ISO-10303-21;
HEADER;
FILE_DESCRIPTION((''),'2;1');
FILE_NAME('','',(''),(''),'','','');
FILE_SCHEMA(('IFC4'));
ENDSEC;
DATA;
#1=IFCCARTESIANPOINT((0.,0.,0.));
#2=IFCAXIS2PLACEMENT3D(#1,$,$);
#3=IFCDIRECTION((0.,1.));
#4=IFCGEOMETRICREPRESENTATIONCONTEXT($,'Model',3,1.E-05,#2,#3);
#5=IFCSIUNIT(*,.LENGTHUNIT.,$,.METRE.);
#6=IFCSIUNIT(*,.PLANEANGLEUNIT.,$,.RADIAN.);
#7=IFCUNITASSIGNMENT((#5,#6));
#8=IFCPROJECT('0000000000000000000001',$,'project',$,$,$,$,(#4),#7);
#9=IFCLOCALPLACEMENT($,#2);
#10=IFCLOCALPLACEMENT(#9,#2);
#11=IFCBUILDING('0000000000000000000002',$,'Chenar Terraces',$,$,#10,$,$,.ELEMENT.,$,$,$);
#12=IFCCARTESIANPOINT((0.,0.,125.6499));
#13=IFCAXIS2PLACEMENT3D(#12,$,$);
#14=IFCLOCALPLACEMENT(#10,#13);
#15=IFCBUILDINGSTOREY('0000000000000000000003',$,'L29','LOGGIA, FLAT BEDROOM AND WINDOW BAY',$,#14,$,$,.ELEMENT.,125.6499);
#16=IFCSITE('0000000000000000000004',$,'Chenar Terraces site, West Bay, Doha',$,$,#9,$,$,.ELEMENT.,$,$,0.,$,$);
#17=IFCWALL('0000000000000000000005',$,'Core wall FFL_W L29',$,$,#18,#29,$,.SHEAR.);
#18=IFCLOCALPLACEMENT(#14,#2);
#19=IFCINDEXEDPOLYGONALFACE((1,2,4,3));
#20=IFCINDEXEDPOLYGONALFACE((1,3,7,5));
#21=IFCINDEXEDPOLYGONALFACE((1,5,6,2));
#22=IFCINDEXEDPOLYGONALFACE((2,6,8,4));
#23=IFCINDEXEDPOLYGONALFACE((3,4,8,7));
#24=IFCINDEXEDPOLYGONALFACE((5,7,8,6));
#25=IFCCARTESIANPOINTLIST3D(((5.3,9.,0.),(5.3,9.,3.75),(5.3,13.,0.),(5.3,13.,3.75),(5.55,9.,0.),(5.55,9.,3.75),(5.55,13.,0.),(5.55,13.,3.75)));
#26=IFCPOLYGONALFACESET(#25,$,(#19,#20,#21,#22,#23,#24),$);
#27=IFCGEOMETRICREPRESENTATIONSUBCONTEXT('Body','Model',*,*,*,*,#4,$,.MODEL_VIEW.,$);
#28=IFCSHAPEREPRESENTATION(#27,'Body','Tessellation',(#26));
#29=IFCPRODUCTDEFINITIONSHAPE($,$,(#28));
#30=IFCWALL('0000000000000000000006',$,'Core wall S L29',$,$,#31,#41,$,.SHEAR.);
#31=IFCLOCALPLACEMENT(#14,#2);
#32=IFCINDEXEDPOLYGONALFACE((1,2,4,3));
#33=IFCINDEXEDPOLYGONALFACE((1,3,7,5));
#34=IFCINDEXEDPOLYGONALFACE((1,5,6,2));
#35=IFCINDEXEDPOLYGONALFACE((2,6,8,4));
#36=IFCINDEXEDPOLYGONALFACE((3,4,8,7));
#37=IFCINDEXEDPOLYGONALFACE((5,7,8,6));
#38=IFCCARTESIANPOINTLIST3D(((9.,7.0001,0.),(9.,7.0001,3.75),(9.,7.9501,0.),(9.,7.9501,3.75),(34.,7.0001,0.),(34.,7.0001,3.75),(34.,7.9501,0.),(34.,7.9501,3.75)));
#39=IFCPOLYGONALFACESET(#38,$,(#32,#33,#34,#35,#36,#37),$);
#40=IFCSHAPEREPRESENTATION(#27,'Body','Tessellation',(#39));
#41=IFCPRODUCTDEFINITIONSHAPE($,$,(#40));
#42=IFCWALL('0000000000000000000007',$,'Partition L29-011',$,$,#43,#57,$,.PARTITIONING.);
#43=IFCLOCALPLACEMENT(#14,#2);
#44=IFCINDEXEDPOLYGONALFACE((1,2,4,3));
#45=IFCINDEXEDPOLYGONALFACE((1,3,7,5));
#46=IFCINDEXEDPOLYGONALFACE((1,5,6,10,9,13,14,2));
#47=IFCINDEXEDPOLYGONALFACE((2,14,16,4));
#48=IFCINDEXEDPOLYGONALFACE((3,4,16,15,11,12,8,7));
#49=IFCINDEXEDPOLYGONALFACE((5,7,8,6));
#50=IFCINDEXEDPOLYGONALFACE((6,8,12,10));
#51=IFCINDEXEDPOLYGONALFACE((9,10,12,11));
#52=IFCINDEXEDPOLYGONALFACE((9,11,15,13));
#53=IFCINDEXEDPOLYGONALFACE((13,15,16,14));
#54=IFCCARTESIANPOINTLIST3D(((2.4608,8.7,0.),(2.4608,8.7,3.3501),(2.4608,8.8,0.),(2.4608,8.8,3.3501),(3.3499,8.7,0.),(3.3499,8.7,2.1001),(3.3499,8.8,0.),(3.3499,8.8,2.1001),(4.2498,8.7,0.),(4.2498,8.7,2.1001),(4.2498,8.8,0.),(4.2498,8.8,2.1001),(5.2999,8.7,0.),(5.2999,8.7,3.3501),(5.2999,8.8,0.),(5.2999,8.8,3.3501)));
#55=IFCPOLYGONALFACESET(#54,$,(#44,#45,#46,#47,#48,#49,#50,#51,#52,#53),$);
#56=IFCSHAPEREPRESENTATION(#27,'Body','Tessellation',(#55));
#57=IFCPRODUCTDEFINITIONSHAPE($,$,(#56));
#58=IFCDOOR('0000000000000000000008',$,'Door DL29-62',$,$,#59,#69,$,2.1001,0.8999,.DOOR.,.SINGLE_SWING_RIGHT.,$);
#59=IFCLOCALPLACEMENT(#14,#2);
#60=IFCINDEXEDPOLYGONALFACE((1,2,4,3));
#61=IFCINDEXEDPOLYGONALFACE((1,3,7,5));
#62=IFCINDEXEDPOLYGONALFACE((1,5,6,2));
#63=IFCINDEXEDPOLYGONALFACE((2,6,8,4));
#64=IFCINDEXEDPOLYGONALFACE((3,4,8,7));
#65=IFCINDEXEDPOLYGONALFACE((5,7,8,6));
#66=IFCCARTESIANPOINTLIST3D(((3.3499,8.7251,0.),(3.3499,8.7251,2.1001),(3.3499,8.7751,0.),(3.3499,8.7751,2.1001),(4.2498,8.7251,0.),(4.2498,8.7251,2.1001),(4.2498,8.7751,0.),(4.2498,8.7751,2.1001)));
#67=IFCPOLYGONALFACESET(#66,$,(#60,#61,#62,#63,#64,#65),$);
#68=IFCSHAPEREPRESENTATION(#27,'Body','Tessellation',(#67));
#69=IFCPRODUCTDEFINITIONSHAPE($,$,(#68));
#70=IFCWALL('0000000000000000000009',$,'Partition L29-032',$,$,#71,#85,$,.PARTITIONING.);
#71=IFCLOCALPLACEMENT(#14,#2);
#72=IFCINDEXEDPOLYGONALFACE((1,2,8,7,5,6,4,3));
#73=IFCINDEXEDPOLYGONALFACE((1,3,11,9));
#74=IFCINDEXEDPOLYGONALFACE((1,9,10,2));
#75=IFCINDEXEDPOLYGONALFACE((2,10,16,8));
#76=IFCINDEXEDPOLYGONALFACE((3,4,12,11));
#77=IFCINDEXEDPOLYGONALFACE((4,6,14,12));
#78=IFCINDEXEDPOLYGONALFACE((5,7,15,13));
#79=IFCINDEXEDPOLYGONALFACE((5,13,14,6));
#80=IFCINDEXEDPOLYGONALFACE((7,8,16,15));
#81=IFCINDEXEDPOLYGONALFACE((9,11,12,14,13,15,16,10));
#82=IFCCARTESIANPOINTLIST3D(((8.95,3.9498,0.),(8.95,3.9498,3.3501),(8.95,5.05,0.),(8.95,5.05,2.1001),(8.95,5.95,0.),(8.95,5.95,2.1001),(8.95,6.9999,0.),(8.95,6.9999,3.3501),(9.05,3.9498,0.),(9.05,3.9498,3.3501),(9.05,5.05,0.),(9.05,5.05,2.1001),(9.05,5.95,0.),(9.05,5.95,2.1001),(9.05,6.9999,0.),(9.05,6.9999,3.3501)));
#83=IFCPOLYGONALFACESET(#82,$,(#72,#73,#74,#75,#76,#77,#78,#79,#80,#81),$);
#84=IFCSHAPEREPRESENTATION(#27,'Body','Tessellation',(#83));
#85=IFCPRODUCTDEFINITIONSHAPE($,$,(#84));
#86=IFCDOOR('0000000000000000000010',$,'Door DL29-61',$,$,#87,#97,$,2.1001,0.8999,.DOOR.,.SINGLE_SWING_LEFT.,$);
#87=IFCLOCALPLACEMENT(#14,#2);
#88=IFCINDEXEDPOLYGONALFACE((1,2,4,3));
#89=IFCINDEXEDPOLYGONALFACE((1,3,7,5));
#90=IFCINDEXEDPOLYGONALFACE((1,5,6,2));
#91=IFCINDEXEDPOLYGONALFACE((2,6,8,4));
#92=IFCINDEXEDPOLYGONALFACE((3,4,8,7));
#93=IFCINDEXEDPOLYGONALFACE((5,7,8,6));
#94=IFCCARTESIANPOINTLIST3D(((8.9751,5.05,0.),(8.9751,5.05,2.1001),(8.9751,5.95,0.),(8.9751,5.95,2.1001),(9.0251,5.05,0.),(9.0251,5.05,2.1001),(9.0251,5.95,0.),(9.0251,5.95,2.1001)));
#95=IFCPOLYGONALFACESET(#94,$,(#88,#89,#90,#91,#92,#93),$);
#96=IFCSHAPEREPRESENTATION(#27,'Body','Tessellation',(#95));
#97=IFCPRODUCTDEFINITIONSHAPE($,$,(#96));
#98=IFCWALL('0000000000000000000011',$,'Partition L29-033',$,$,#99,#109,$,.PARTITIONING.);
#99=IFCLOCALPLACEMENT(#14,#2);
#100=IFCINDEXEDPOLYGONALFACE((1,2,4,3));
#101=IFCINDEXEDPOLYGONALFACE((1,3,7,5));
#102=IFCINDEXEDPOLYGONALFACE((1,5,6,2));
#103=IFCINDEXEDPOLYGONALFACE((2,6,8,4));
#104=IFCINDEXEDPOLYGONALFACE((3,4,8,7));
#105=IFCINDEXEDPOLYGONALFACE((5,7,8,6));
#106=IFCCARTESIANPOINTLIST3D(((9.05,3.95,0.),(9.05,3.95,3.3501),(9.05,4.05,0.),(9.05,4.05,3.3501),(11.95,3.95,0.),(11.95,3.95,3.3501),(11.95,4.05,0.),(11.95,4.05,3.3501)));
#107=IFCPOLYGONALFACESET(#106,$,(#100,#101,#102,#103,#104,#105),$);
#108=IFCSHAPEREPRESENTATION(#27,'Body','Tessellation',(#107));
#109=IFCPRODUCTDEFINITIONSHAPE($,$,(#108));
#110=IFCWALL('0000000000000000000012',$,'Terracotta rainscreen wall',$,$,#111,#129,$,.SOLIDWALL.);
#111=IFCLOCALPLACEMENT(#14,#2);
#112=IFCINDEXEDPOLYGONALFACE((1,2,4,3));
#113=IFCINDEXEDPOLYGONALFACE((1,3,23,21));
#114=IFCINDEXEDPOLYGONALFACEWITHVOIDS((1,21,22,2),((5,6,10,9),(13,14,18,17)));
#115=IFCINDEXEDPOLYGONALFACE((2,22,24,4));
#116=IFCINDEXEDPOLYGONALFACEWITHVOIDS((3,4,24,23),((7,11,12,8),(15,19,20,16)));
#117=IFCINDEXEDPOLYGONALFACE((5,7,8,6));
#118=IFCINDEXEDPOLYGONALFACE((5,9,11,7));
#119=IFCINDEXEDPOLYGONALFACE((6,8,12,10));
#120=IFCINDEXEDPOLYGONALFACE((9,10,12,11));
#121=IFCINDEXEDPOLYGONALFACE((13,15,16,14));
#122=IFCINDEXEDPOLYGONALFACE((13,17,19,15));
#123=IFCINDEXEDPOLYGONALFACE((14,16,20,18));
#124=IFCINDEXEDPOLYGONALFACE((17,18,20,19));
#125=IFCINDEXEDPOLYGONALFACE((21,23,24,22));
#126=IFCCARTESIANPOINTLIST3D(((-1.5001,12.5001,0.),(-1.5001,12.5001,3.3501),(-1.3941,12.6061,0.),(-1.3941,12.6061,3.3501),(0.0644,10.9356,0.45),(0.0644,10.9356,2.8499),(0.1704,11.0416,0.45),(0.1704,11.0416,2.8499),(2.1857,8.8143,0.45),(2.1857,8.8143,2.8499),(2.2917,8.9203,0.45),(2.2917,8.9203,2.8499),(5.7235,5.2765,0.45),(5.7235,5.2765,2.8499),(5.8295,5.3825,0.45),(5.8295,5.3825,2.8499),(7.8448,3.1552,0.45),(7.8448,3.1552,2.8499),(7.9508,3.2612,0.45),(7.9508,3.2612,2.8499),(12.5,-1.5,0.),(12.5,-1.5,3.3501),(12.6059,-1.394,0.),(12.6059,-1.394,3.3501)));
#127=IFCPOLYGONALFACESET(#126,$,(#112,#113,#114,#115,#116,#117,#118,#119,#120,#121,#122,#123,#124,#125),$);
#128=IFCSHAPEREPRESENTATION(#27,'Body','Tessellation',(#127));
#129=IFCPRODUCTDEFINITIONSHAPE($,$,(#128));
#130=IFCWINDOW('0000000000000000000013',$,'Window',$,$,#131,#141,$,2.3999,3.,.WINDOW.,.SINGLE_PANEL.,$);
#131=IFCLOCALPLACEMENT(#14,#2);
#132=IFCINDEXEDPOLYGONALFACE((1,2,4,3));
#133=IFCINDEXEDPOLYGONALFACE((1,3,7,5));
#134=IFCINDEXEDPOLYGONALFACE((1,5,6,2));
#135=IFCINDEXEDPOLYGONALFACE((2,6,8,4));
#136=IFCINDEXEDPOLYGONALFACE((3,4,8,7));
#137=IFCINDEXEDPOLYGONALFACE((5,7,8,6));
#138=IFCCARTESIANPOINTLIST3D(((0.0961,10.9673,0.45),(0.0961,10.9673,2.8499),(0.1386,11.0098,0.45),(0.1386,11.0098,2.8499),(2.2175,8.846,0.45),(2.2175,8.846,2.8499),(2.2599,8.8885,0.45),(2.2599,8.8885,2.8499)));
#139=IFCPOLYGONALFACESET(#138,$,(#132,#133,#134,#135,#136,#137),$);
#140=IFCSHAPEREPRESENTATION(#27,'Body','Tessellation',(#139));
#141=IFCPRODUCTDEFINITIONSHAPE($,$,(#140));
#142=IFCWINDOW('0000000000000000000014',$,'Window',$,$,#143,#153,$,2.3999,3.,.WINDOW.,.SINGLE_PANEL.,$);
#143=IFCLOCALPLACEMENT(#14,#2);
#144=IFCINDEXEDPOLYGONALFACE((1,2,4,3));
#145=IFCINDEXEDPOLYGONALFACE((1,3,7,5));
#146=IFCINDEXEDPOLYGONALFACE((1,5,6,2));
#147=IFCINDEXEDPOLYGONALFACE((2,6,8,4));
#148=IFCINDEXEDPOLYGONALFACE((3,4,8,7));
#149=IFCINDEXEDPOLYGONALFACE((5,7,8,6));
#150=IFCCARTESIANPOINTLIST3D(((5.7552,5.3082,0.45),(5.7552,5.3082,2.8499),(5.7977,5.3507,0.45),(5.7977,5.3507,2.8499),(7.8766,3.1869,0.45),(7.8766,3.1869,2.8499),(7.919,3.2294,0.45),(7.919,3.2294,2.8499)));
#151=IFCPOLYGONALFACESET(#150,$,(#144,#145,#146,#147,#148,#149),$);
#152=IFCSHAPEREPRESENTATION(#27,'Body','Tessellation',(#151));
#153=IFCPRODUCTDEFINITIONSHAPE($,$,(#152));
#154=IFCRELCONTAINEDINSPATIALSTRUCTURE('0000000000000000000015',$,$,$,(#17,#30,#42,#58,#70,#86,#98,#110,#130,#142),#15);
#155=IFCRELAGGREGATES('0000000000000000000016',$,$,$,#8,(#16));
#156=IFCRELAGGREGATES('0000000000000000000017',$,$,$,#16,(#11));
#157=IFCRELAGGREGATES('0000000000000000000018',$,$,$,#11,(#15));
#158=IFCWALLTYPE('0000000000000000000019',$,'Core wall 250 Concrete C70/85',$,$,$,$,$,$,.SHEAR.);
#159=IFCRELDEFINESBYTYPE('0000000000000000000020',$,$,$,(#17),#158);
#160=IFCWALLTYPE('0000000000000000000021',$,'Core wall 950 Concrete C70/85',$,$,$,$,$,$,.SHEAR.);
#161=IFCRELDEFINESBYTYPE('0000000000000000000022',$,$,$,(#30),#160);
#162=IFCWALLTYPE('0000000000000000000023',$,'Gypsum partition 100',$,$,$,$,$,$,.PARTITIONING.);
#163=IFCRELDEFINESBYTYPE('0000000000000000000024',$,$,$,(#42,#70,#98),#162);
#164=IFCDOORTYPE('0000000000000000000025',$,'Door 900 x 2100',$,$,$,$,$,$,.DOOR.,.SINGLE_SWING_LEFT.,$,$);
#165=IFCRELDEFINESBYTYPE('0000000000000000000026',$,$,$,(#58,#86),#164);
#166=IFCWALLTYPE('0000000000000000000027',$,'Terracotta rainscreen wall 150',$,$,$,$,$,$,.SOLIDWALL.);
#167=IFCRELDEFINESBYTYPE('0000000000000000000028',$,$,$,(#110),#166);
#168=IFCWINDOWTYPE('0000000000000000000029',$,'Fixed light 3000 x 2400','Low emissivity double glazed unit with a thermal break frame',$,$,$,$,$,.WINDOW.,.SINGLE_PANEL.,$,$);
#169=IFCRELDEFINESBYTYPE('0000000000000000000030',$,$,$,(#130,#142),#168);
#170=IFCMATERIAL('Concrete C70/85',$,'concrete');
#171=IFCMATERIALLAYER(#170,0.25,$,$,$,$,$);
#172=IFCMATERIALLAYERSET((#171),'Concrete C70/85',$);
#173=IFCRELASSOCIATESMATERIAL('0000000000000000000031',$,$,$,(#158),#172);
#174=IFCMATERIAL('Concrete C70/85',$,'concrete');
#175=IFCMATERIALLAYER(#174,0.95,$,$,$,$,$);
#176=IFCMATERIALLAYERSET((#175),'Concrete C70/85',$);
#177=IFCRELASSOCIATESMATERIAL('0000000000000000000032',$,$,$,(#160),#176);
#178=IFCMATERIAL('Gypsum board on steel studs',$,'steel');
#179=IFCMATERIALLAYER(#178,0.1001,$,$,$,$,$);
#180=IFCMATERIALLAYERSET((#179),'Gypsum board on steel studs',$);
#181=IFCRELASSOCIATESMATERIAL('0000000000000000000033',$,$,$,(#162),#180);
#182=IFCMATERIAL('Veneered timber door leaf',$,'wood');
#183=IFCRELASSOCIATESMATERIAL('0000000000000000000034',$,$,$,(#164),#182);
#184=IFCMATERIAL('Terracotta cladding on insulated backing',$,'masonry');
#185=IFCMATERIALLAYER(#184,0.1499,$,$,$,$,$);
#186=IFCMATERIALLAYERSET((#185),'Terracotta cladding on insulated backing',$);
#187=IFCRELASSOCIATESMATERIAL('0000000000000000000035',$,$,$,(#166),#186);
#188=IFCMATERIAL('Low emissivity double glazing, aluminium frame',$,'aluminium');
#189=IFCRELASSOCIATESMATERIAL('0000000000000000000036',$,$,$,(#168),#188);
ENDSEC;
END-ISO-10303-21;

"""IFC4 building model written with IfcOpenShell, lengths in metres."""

from ifc_helpers import new_model, si_unit, direction, frame, frame_2d, origin, place, context, subcontext, project, spatial, rectangle, extrude, material, layer, layer_set, type_object, element, fill, save


model = new_model("IFC4")

# Units and contexts
model_context = context("Model", 3, precision=1e-05, world=origin(), true_north=direction((0.0, 1.0)))
body_context = subcontext(model_context, "Body", "Model", "MODEL_VIEW")
ifc_project = project(units=[si_unit("LENGTHUNIT", "METRE"), si_unit("PLANEANGLEUNIT", "RADIAN")], contexts=[model_context])

# Site, building, storey
site_placement = place(None, origin())
site = spatial("IfcSite", under=ifc_project, at=site_placement, Name="Chenar Terraces site, West Bay, Doha", CompositionType="ELEMENT", RefElevation=0.0)
building_placement = place(site_placement, origin())
building = spatial("IfcBuilding", under=site, at=building_placement, Name="Chenar Terraces", CompositionType="ELEMENT")
storey_placement = place(building_placement, frame((0.0, 0.0, 125.6499)))
storey = spatial("IfcBuildingStorey", under=building, at=storey_placement, Name="L29", Description="LOGGIA, FLAT BEDROOM AND WINDOW BAY", CompositionType="ELEMENT", Elevation=125.6499)

# Shared definitions
ifc_material_1 = material(Name="Concrete C70/85", Category="concrete")
ifc_layer_1 = layer(ifc_material_1, 0.25)
ifc_layer_set_1 = layer_set([ifc_layer_1], Name="Concrete C70/85")
wall_type_1 = type_object("IfcWallType", Name="Core wall 250 Concrete C70/85", PredefinedType="SHEAR", material=ifc_layer_set_1)

# Walls
wall_1_placement = place(storey_placement, frame((5.425, 9.0, 0.0), z_axis=(0.0, 0.0, 1.0), x_axis=(0.0, 1.0, 0.0)))
element("IfcWall", 1, at=wall_1_placement, inside=storey, type_object=wall_type_1, Name="Core wall FFL_W L29", PredefinedType="SHEAR", context=body_context, shape_type="SweptSolid", body=[
    extrude(rectangle(XDim=4.0, YDim=0.25, at=frame_2d((2.0, 0.0))), origin(), (0.0, 0.0, 1.0), 3.75),
])
ifc_material_2 = material(Name="Concrete C70/85", Category="concrete")
ifc_layer_2 = layer(ifc_material_2, 0.95)
ifc_layer_set_2 = layer_set([ifc_layer_2], Name="Concrete C70/85")
wall_type_2 = type_object("IfcWallType", Name="Core wall 950 Concrete C70/85", PredefinedType="SHEAR", material=ifc_layer_set_2)
wall_2_placement = place(storey_placement, frame((9.0, 7.4751, 0.0), z_axis=(0.0, 0.0, 1.0), x_axis=(1.0, 0.0, 0.0)))
element("IfcWall", 2, at=wall_2_placement, inside=storey, type_object=wall_type_2, Name="Core wall S L29", PredefinedType="SHEAR", context=body_context, shape_type="SweptSolid", body=[
    extrude(rectangle(XDim=25.0, YDim=0.95, at=frame_2d((12.5, 0.0))), origin(), (0.0, 0.0, 1.0), 3.75),
])

# Walls, openings, doors
ifc_material_3 = material(Name="Gypsum board on steel studs", Category="steel")
ifc_layer_3 = layer(ifc_material_3, 0.1001)
ifc_layer_set_3 = layer_set([ifc_layer_3], Name="Gypsum board on steel studs")
wall_type_3 = type_object("IfcWallType", Name="Gypsum partition 100", PredefinedType="PARTITIONING", material=ifc_layer_set_3)
wall_3_placement = place(storey_placement, frame((2.4609, 8.75, 0.0), z_axis=(0.0, 0.0, 1.0), x_axis=(1.0, 0.0, 0.0)))
wall_3 = element("IfcWall", 3, at=wall_3_placement, inside=storey, type_object=wall_type_3, Name="Partition L29-011", PredefinedType="PARTITIONING", context=body_context, shape_type="SweptSolid", body=[
    extrude(rectangle(XDim=2.8391, YDim=0.1001, at=frame_2d((1.4194, 0.0))), origin(), (0.0, 0.0, 1.0), 3.3501),
])
opening_1_placement = place(wall_3_placement, frame((0.8889, 0.0, 0.0)))
opening_1 = element("IfcOpeningElement", 4, at=opening_1_placement, cuts=wall_3, PredefinedType="OPENING", context=body_context, shape_type="SweptSolid", body=[
    extrude(rectangle(XDim=0.8999, YDim=2.1001, at=frame_2d((0.45, 1.05))), frame((0.0, 0.0601, 0.0), z_axis=(0.0, -1.0, 0.0), x_axis=(1.0, 0.0, 0.0)), (0.0, 0.0, 1.0), 0.1201),
])
ifc_material_4 = material(Name="Veneered timber door leaf", Category="wood")
door_type_1 = type_object("IfcDoorType", Name="Door 900 x 2100", OperationType="SINGLE_SWING_LEFT", PredefinedType="DOOR", material=ifc_material_4)
door_1_placement = place(opening_1_placement, frame((0.8999, 0.0, 0.0), z_axis=(0.0, 0.0, 1.0), x_axis=(-1.0, 0.0, 0.0)))
door_1 = element("IfcDoor", 5, at=door_1_placement, inside=storey, type_object=door_type_1, Name="Door DL29-62", OperationType="SINGLE_SWING_RIGHT", OverallHeight=2.1001, OverallWidth=0.8999, PredefinedType="DOOR", context=body_context, shape_type="SweptSolid", body=[
    extrude(rectangle(XDim=0.8999, YDim=2.1001, at=frame_2d((0.45, 1.05))), frame((0.0, 0.0249, 0.0), z_axis=(0.0, -1.0, 0.0), x_axis=(1.0, 0.0, 0.0)), (0.0, 0.0, 1.0), 0.05),
])
fill(opening_1, door_1)
wall_4_placement = place(storey_placement, frame((9.0, 3.95, 0.0), z_axis=(0.0, 0.0, 1.0), x_axis=(0.0, 1.0, 0.0)))
wall_4 = element("IfcWall", 6, at=wall_4_placement, inside=storey, type_object=wall_type_3, Name="Partition L29-032", PredefinedType="PARTITIONING", context=body_context, shape_type="SweptSolid", body=[
    extrude(rectangle(XDim=3.05, YDim=0.1001, at=frame_2d((1.5249, 0.0))), origin(), (0.0, 0.0, 1.0), 3.3501),
])
opening_2_placement = place(wall_4_placement, frame((1.1001, 0.0, 0.0)))
opening_2 = element("IfcOpeningElement", 7, at=opening_2_placement, cuts=wall_4, PredefinedType="OPENING", context=body_context, shape_type="SweptSolid", body=[
    extrude(rectangle(XDim=0.8999, YDim=2.1001, at=frame_2d((0.45, 1.05))), frame((0.0, 0.0601, 0.0), z_axis=(0.0, -1.0, 0.0), x_axis=(1.0, 0.0, 0.0)), (0.0, 0.0, 1.0), 0.1201),
])
door_2_placement = place(opening_2_placement, origin())
door_2 = element("IfcDoor", 8, at=door_2_placement, inside=storey, type_object=door_type_1, Name="Door DL29-61", OperationType="SINGLE_SWING_LEFT", OverallHeight=2.1001, OverallWidth=0.8999, PredefinedType="DOOR", context=body_context, shape_type="SweptSolid", body=[
    extrude(rectangle(XDim=0.8999, YDim=2.1001, at=frame_2d((0.45, 1.05))), frame((0.0, 0.0249, 0.0), z_axis=(0.0, -1.0, 0.0), x_axis=(1.0, 0.0, 0.0)), (0.0, 0.0, 1.0), 0.05),
])
fill(opening_2, door_2)

# Wall
wall_5_placement = place(storey_placement, frame((9.05, 4.0, 0.0), z_axis=(0.0, 0.0, 1.0), x_axis=(1.0, 0.0, 0.0)))
element("IfcWall", 9, at=wall_5_placement, inside=storey, type_object=wall_type_3, Name="Partition L29-033", PredefinedType="PARTITIONING", context=body_context, shape_type="SweptSolid", body=[
    extrude(rectangle(XDim=2.8999, YDim=0.1001, at=frame_2d((1.45, 0.0))), origin(), (0.0, 0.0, 1.0), 3.3501),
])

# Wall, openings, windows
ifc_material_5 = material(Name="Terracotta cladding on insulated backing", Category="masonry")
ifc_layer_4 = layer(ifc_material_5, 0.1499)
ifc_layer_set_4 = layer_set([ifc_layer_4], Name="Terracotta cladding on insulated backing")
wall_type_4 = type_object("IfcWallType", Name="Terracotta rainscreen wall 150", PredefinedType="SOLIDWALL", material=ifc_layer_set_4)
wall_6_placement = place(storey_placement, frame((-1.447, 12.553, 0.0), z_axis=(0.0, 0.0, 1.0), x_axis=(0.707107, -0.707107, 0.0)))
wall_6 = element("IfcWall", 10, at=wall_6_placement, inside=storey, type_object=wall_type_4, Name="Terracotta rainscreen wall", PredefinedType="SOLIDWALL", context=body_context, shape_type="SweptSolid", body=[
    extrude(rectangle(XDim=19.7991, YDim=0.1499, at=frame_2d((9.8994, 0.0))), origin(), (0.0, 0.0, 1.0), 3.3501),
])
opening_3_placement = place(wall_6_placement, frame((2.2124, 0.0, 0.45)))
opening_3 = element("IfcOpeningElement", 11, at=opening_3_placement, cuts=wall_6, PredefinedType="OPENING", context=body_context, shape_type="SweptSolid", body=[
    extrude(rectangle(XDim=3.0, YDim=2.3999, at=frame_2d((1.5, 1.2))), frame((0.0, 0.085, 0.0), z_axis=(0.0, -1.0, 0.0), x_axis=(1.0, 0.0, 0.0)), (0.0, 0.0, 1.0), 0.1699),
])
opening_4_placement = place(wall_6_placement, frame((10.2156, 0.0, 0.45)))
opening_4 = element("IfcOpeningElement", 12, at=opening_4_placement, cuts=wall_6, PredefinedType="OPENING", context=body_context, shape_type="SweptSolid", body=[
    extrude(rectangle(XDim=3.0, YDim=2.3999, at=frame_2d((1.5, 1.2))), frame((0.0, 0.085, 0.0), z_axis=(0.0, -1.0, 0.0), x_axis=(1.0, 0.0, 0.0)), (0.0, 0.0, 1.0), 0.1699),
])
ifc_material_6 = material(Name="Low emissivity double glazing, aluminium frame", Category="aluminium")
window_type = type_object("IfcWindowType", Name="Fixed light 3000 x 2400", Description="Low emissivity double glazed unit with a thermal break frame", PartitioningType="SINGLE_PANEL", PredefinedType="WINDOW", material=ifc_material_6)
window_1_placement = place(opening_3_placement, origin())
window_1 = element("IfcWindow", 13, at=window_1_placement, inside=storey, type_object=window_type, Name="Window", OverallHeight=2.3999, OverallWidth=3.0, PartitioningType="SINGLE_PANEL", PredefinedType="WINDOW", context=body_context, shape_type="SweptSolid", body=[
    extrude(rectangle(XDim=3.0, YDim=2.3999, at=frame_2d((1.5, 1.2))), frame((0.0, 0.03, 0.0), z_axis=(0.0, -1.0, 0.0), x_axis=(1.0, 0.0, 0.0)), (0.0, 0.0, 1.0), 0.0601),
])
fill(opening_3, window_1)
window_2_placement = place(opening_4_placement, origin())
window_2 = element("IfcWindow", 14, at=window_2_placement, inside=storey, type_object=window_type, Name="Window", OverallHeight=2.3999, OverallWidth=3.0, PartitioningType="SINGLE_PANEL", PredefinedType="WINDOW", context=body_context, shape_type="SweptSolid", body=[
    extrude(rectangle(XDim=3.0, YDim=2.3999, at=frame_2d((1.5, 1.2))), frame((0.0, 0.03, 0.0), z_axis=(0.0, -1.0, 0.0), x_axis=(1.0, 0.0, 0.0)), (0.0, 0.0, 1.0), 0.0601),
])
fill(opening_4, window_2)

save(model, "model.ifc")
